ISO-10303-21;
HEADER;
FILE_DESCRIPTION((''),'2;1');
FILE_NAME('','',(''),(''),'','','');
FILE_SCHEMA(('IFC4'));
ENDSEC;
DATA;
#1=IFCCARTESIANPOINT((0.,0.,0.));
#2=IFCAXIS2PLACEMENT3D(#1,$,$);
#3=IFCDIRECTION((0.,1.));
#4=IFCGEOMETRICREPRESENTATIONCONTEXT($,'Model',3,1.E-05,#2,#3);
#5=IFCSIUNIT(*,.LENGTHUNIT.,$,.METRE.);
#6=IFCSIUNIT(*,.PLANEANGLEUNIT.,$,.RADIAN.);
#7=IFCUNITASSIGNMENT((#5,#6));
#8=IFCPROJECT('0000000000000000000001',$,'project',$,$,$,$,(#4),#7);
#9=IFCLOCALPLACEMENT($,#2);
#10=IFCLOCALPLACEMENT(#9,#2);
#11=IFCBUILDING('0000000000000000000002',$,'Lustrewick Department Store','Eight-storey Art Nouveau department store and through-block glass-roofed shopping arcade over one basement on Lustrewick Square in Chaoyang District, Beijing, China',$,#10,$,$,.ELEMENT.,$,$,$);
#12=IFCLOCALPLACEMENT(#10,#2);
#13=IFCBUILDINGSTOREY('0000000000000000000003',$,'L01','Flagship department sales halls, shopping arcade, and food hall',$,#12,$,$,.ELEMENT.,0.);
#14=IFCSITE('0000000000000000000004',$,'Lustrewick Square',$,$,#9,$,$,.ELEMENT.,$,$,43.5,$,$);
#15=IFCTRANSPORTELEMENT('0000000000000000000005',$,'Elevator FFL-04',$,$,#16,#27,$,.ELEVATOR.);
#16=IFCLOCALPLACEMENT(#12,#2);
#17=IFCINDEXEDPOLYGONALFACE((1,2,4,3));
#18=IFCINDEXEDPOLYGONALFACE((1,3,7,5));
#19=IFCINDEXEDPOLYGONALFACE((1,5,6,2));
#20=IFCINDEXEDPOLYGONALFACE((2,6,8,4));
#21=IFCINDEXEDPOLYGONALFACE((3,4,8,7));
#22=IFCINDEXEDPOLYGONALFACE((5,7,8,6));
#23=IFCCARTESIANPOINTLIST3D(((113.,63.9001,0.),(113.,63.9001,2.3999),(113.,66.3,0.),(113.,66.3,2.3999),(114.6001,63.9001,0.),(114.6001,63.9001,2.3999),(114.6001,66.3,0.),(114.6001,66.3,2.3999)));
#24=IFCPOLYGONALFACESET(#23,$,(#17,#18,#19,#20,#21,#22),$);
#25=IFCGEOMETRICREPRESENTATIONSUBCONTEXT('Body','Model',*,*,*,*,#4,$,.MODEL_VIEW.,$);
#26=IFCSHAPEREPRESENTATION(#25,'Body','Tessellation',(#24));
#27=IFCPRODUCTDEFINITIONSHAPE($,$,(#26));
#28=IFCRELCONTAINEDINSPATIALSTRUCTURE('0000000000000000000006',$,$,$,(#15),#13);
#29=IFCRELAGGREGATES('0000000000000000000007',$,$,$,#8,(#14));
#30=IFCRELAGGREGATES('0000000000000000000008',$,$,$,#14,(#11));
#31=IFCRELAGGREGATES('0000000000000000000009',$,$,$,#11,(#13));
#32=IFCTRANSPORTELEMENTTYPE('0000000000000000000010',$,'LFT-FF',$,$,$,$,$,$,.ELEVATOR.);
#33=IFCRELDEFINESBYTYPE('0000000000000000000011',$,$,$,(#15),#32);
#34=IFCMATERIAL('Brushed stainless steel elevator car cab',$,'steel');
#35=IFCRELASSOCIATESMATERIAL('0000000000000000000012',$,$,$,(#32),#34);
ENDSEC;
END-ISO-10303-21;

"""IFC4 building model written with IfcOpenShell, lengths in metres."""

from ifc_helpers import new_model, si_unit, direction, frame, origin, origin_2d, place, context, subcontext, project, spatial, rectangle, extrude, material, type_object, element, save


model = new_model("IFC4")

# Units and contexts
model_context = context("Model", 3, precision=1e-05, world=origin(), true_north=direction((0.0, 1.0)))
body_context = subcontext(model_context, "Body", "Model", "MODEL_VIEW")
ifc_project = project(units=[si_unit("LENGTHUNIT", "METRE"), si_unit("PLANEANGLEUNIT", "RADIAN")], contexts=[model_context])

# Site, building, storey
site_placement = place(None, origin())
site = spatial("IfcSite", under=ifc_project, at=site_placement, Name="Lustrewick Square", CompositionType="ELEMENT", RefElevation=43.5)
building_placement = place(site_placement, origin())
building = spatial("IfcBuilding", under=site, at=building_placement, Name="Lustrewick Department Store", Description="Eight-storey Art Nouveau department store and through-block glass-roofed shopping arcade over one basement on Lustrewick Square in Chaoyang District, Beijing, China", CompositionType="ELEMENT")
storey_placement = place(building_placement, origin())
storey = spatial("IfcBuildingStorey", under=building, at=storey_placement, Name="L01", Description="Flagship department sales halls, shopping arcade, and food hall", CompositionType="ELEMENT", Elevation=0.0)

# Transport element
ifc_material_1 = material(Name="Brushed stainless steel elevator car cab", Category="steel")
transport_element_type = type_object("IfcTransportElementType", Name="LFT-FF", PredefinedType="ELEVATOR", material=ifc_material_1)
transport_element_placement = place(storey_placement, frame((113.8, 65.1001, 0.0), z_axis=(0.0, 0.0, 1.0), x_axis=(1.0, 0.0, 0.0)))
element("IfcTransportElement", 1, at=transport_element_placement, inside=storey, type_object=transport_element_type, Name="Elevator FFL-04", PredefinedType="ELEVATOR", context=body_context, shape_type="SweptSolid", body=[
    extrude(rectangle(XDim=1.6001, YDim=2.3999, at=origin_2d()), origin(), (0.0, 0.0, 1.0), 2.3999),
])

save(model, "model.ifc")
